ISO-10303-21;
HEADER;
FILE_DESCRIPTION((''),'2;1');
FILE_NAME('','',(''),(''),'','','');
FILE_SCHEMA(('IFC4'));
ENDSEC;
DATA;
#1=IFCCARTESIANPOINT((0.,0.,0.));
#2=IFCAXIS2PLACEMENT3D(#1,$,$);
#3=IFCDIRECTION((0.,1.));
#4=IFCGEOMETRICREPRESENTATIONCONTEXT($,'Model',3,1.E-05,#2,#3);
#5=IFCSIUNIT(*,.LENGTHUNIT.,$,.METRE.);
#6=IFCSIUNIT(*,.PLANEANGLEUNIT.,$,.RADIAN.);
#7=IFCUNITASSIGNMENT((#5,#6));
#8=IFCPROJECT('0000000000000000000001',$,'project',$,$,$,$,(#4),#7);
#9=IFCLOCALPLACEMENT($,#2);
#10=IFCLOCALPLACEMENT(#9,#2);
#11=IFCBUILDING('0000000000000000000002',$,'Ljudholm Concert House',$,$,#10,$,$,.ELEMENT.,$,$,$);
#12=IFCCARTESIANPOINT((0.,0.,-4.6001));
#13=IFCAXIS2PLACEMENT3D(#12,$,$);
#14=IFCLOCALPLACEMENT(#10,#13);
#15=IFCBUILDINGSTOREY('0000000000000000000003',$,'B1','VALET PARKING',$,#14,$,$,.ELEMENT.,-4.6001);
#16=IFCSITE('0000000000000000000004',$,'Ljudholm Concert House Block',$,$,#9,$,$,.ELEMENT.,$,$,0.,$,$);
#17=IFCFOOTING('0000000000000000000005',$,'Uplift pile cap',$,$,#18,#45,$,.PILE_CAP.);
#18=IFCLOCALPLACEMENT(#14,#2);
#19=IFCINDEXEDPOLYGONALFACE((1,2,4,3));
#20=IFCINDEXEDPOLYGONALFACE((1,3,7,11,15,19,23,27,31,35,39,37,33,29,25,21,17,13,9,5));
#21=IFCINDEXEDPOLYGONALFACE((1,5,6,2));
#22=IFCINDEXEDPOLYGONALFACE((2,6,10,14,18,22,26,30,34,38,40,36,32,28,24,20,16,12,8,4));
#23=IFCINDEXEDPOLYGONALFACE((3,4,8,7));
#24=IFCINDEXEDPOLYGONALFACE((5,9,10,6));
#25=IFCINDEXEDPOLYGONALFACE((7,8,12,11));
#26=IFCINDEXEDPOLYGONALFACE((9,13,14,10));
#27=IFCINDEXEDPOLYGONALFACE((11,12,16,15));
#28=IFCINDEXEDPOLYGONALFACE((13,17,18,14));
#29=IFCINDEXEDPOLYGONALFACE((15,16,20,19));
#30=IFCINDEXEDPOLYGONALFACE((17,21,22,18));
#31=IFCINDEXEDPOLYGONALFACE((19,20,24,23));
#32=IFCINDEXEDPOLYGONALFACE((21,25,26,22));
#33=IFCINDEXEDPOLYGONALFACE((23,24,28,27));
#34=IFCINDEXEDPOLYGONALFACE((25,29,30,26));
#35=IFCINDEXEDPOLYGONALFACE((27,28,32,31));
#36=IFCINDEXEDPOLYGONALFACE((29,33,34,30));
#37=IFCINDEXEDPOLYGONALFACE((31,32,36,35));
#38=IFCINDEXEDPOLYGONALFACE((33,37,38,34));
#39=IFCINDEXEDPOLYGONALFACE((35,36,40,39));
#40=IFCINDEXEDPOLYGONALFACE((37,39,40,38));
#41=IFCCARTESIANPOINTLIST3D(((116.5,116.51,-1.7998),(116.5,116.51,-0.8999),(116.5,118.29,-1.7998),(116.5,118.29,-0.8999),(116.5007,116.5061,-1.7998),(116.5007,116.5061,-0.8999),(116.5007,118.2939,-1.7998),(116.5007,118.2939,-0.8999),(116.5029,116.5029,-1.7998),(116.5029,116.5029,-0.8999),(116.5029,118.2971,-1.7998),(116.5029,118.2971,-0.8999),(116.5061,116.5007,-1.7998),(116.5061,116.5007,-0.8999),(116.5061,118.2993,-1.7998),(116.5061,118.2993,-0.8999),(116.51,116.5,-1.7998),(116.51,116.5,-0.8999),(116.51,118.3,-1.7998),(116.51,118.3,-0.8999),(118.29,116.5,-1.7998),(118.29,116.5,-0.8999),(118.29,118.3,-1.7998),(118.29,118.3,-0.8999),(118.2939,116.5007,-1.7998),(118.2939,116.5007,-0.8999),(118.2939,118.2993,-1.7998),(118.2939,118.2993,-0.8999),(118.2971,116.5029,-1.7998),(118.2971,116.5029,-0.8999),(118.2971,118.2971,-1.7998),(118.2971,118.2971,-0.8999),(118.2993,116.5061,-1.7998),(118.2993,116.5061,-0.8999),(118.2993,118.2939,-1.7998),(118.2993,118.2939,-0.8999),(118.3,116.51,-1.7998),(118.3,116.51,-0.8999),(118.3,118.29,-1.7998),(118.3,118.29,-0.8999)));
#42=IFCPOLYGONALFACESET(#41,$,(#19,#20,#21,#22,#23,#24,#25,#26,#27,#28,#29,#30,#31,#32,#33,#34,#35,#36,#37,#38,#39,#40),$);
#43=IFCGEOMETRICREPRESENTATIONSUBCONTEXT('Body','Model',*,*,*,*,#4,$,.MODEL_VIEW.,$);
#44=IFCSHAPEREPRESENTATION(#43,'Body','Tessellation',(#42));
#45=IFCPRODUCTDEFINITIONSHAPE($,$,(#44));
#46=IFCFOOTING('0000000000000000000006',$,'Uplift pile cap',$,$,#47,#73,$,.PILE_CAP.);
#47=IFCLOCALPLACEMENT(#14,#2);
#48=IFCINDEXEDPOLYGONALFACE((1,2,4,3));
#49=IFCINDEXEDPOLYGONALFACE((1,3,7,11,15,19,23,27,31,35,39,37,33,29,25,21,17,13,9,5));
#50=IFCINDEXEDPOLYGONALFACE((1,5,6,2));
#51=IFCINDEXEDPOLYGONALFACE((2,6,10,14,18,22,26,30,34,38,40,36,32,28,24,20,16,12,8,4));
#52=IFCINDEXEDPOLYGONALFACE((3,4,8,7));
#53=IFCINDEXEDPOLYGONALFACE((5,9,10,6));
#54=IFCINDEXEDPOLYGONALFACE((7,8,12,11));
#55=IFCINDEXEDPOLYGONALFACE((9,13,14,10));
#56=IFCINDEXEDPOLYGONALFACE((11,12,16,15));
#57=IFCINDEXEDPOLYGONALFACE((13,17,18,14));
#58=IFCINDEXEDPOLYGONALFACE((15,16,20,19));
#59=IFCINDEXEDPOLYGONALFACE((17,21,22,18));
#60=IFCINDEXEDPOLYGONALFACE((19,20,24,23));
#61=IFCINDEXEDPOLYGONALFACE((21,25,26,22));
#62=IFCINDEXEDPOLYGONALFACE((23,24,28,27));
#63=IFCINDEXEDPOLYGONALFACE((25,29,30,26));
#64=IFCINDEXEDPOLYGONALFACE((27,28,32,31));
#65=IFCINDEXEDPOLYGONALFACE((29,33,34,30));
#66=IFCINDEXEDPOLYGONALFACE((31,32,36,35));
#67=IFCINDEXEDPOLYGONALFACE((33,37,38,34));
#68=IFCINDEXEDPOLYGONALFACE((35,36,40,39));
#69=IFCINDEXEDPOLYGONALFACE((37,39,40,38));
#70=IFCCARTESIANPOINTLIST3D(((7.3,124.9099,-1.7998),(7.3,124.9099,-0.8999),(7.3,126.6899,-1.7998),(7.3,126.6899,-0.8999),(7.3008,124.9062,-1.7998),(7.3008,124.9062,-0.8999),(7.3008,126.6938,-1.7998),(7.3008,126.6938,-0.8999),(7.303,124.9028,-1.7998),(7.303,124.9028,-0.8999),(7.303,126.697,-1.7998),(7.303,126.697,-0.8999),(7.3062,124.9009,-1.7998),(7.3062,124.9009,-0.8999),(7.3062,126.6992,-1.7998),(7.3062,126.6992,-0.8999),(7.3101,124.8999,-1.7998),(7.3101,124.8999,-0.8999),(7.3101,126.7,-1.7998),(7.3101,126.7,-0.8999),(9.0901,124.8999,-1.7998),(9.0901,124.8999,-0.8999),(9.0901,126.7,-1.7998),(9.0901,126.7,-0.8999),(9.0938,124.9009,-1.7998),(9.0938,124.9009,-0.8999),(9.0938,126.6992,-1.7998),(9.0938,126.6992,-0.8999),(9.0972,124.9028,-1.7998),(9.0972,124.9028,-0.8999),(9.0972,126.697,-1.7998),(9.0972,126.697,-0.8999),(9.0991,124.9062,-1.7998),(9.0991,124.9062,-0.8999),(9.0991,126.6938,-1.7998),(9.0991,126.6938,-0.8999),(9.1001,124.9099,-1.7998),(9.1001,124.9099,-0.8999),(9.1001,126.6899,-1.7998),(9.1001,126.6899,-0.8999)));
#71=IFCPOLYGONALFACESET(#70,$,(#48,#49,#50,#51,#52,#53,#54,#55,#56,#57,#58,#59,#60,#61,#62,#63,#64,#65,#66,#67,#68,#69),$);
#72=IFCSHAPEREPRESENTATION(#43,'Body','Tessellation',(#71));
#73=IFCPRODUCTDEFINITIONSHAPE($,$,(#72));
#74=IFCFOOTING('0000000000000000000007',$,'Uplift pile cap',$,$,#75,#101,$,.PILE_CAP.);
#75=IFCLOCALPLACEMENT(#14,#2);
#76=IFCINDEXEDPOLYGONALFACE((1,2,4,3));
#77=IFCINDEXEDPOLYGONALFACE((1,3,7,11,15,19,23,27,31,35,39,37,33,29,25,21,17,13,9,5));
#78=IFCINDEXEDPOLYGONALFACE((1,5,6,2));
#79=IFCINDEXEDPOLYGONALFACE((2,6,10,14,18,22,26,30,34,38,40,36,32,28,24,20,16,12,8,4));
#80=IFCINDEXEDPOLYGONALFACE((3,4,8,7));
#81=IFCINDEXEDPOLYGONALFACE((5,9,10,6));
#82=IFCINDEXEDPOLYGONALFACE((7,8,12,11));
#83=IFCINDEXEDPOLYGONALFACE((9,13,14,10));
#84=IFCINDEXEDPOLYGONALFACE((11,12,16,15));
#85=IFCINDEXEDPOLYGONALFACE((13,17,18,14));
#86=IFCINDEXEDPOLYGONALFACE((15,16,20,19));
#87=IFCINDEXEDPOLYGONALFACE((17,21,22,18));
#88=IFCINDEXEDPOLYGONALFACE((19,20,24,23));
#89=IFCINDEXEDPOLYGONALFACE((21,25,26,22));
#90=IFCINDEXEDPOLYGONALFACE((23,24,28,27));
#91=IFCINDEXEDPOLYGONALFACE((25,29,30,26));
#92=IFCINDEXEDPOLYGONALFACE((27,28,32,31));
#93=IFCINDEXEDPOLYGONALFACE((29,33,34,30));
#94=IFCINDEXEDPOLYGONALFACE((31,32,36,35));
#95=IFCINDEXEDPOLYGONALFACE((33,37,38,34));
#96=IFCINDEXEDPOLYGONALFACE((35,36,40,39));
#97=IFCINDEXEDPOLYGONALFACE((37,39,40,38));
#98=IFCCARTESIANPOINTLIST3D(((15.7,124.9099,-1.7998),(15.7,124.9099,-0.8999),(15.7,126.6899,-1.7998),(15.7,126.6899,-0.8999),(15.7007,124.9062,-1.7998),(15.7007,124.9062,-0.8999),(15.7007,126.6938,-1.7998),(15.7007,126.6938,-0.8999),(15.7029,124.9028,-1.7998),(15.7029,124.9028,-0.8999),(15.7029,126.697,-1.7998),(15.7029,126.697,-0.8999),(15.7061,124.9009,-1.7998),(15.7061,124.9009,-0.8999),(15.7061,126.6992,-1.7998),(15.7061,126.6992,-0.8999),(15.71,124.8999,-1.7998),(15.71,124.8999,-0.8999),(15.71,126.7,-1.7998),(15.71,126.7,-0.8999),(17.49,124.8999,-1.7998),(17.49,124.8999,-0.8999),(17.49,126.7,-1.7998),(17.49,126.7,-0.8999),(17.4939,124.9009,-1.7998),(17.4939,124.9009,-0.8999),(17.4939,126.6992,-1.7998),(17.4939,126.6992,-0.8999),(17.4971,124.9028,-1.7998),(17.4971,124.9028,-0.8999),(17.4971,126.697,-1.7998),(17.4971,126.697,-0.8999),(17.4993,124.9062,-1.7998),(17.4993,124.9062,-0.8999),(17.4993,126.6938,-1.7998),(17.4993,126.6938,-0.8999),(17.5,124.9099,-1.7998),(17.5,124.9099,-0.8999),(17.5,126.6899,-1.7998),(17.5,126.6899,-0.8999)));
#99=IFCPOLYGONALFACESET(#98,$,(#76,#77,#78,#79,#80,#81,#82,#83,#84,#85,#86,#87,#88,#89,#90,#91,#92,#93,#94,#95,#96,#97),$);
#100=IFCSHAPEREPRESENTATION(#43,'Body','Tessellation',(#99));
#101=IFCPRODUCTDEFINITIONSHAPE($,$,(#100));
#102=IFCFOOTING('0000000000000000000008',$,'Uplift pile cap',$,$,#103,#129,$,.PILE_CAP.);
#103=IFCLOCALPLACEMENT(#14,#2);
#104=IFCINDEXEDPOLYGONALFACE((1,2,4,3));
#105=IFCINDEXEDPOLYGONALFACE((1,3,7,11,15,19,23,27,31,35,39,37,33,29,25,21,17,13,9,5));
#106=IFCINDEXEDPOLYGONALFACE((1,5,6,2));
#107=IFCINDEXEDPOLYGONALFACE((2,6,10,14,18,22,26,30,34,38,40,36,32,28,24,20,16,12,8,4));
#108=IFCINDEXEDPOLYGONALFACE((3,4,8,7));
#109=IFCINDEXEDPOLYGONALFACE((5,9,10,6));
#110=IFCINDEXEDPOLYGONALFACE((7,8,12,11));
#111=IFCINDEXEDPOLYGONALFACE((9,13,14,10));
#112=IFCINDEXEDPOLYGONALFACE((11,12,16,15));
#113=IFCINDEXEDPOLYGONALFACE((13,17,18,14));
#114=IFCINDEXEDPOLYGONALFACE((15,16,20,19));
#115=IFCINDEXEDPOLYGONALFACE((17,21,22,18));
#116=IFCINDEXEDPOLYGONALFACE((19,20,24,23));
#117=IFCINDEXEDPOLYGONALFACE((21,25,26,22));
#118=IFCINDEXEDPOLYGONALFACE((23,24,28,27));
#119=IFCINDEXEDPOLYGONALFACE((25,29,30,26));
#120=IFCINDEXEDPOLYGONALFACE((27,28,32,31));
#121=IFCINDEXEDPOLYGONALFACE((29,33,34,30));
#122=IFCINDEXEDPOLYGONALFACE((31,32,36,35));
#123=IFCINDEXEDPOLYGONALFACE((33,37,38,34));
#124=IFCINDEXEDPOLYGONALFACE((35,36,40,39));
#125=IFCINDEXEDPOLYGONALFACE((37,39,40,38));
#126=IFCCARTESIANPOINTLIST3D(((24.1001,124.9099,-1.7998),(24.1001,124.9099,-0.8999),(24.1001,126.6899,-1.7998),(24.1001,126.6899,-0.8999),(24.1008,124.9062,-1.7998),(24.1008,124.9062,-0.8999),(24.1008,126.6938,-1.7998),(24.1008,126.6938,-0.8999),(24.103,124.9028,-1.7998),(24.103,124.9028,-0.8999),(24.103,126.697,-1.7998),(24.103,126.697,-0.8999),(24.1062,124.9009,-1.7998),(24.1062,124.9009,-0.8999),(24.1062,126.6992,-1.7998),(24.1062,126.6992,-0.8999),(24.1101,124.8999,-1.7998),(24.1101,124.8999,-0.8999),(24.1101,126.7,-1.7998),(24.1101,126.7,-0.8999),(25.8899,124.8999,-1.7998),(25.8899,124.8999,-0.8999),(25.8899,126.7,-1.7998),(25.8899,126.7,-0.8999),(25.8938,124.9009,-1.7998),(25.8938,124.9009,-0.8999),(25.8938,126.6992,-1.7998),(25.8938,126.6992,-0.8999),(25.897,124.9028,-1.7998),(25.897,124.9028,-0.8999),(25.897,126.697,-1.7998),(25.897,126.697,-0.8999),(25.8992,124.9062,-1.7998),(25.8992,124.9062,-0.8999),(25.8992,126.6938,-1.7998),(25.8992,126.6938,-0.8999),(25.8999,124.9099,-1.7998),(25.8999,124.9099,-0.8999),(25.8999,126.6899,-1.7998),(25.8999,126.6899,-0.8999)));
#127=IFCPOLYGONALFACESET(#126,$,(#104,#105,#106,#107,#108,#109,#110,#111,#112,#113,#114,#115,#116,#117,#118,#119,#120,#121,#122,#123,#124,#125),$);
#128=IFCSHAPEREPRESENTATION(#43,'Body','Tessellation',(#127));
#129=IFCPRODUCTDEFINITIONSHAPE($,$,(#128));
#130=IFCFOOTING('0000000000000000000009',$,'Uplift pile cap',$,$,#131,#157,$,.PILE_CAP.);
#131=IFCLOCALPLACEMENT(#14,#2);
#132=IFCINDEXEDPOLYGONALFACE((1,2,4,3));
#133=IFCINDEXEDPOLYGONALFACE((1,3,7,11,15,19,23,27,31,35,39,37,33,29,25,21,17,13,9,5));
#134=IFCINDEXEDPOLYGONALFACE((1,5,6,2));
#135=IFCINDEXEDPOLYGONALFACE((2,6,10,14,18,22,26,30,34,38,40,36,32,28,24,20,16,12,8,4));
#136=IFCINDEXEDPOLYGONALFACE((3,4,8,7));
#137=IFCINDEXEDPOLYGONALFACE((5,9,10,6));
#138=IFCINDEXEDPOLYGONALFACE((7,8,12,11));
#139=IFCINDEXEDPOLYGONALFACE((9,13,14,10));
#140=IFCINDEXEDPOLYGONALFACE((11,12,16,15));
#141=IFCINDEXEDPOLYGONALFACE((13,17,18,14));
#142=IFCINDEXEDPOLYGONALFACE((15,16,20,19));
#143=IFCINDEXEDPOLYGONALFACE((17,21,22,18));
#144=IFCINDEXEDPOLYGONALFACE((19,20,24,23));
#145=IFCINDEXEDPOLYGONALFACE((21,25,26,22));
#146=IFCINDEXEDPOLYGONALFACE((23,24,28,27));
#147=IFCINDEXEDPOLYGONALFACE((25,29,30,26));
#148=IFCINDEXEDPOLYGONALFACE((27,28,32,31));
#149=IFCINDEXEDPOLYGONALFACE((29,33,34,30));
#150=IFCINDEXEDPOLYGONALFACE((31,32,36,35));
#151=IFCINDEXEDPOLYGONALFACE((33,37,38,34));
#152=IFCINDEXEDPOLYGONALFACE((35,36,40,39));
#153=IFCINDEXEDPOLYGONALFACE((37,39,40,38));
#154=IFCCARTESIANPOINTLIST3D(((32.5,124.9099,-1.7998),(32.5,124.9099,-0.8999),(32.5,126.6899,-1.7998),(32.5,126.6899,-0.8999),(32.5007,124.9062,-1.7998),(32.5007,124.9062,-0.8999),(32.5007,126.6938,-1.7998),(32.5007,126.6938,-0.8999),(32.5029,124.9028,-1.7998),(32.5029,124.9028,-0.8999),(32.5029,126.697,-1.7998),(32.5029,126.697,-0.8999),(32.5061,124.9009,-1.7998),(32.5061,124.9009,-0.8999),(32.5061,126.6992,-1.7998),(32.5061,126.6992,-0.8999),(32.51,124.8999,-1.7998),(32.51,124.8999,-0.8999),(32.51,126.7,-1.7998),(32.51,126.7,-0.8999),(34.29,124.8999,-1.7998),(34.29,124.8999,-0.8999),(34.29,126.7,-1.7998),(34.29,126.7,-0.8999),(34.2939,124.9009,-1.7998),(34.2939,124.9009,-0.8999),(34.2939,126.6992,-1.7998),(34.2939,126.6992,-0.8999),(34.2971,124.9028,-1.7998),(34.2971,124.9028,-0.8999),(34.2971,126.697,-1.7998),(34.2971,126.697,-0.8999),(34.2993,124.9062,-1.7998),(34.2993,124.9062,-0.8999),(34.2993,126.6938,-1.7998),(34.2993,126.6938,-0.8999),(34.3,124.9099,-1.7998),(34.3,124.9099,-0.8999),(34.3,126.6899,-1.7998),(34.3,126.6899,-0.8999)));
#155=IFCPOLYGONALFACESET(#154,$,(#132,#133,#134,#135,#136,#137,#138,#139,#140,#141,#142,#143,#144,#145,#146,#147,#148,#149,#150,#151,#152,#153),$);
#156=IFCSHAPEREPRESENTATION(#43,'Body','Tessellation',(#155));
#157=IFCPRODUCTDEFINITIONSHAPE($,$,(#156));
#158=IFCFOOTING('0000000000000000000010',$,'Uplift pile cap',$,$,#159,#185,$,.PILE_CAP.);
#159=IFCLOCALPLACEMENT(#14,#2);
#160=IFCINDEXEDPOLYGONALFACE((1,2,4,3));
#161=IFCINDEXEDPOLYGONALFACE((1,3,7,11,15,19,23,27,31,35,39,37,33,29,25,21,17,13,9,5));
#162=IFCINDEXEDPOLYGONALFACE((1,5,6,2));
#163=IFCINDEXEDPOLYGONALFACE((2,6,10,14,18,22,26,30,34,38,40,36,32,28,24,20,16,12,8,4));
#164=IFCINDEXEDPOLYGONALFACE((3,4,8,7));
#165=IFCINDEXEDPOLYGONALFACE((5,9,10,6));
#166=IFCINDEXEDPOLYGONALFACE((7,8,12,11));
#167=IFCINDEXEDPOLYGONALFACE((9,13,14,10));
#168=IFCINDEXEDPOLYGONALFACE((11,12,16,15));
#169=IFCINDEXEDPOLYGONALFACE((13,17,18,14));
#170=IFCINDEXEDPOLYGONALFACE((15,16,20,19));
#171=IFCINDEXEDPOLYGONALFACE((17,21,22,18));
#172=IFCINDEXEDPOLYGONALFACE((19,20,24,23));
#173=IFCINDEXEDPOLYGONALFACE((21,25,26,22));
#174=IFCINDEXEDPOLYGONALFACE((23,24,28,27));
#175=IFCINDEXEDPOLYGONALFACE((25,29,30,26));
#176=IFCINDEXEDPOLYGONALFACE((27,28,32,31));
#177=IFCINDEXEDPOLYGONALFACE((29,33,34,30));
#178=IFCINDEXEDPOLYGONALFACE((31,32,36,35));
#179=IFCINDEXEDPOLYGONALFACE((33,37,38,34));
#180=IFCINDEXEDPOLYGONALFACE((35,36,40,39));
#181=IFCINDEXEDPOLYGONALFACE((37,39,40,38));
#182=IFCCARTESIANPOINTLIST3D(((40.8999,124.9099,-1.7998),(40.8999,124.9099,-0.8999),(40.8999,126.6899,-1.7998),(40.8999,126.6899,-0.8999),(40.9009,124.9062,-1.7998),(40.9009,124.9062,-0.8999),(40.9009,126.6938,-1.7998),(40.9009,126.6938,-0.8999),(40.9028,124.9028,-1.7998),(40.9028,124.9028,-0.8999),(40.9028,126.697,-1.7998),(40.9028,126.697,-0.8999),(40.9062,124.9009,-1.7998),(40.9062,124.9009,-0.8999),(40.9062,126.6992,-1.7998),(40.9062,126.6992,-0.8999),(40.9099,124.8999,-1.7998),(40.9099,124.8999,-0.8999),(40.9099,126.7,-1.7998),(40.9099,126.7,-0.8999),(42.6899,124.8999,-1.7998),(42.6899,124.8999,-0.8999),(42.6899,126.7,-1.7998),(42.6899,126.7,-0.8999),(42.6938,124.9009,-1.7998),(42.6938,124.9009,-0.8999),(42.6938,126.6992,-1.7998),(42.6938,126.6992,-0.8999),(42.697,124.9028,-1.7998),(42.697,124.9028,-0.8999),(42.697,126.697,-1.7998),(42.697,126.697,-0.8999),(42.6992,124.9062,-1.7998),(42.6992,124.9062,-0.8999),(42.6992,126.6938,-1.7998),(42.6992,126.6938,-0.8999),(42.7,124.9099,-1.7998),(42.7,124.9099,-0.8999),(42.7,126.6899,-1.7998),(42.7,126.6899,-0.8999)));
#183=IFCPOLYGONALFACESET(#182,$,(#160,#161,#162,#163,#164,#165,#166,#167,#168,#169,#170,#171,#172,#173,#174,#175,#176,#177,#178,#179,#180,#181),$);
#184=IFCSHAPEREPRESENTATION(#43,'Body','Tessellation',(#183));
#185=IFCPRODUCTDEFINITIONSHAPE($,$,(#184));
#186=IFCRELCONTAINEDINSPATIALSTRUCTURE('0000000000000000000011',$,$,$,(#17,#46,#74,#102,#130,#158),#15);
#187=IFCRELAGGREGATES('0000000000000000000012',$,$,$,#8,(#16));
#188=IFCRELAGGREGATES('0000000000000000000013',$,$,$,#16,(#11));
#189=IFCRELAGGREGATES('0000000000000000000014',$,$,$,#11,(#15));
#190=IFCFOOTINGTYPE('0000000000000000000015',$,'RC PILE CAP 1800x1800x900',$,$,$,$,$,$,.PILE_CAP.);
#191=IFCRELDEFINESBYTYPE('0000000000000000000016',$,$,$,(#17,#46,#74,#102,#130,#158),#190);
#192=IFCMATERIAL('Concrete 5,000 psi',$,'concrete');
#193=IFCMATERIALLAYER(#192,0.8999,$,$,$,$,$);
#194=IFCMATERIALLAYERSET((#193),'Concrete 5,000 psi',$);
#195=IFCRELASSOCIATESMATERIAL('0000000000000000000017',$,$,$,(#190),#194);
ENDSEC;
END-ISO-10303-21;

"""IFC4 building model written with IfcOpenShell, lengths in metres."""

from ifc_helpers import new_model, si_unit, direction, frame, origin, place, context, subcontext, project, spatial, polyline, outline, extrude, material, layer, layer_set, type_object, element, save


model = new_model("IFC4")

# Units and contexts
model_context = context("Model", 3, precision=1e-05, world=origin(), true_north=direction((0.0, 1.0)))
body_context = subcontext(model_context, "Body", "Model", "MODEL_VIEW")
ifc_project = project(units=[si_unit("LENGTHUNIT", "METRE"), si_unit("PLANEANGLEUNIT", "RADIAN")], contexts=[model_context])

# Site, building, storey
site_placement = place(None, origin())
site = spatial("IfcSite", under=ifc_project, at=site_placement, Name="Ljudholm Concert House Block", CompositionType="ELEMENT", RefElevation=0.0)
building_placement = place(site_placement, origin())
building = spatial("IfcBuilding", under=site, at=building_placement, Name="Ljudholm Concert House", CompositionType="ELEMENT")
storey_placement = place(building_placement, frame((0.0, 0.0, -4.6001)))
storey = spatial("IfcBuildingStorey", under=building, at=storey_placement, Name="B1", Description="VALET PARKING", CompositionType="ELEMENT", Elevation=-4.6001)

# Footings
ifc_material = material(Name="Concrete 5,000 psi", Category="concrete")
ifc_layer = layer(ifc_material, 0.8999)
ifc_layer_set = layer_set([ifc_layer], Name="Concrete 5,000 psi")
footing_type = type_object("IfcFootingType", Name="RC PILE CAP 1800x1800x900", PredefinedType="PILE_CAP", material=ifc_layer_set)
footing_1_placement = place(storey_placement, frame((0.0, 0.0, -1.7998)))
element("IfcFooting", 1, at=footing_1_placement, inside=storey, type_object=footing_type, Name="Uplift pile cap", PredefinedType="PILE_CAP", context=body_context, shape_type="SweptSolid", body=[
    extrude(outline(polyline([(116.51, 116.5), (118.29, 116.5), (118.2939, 116.5007), (118.2971, 116.5029), (118.2993, 116.5061), (118.3, 116.51), (118.3, 118.29), (118.2993, 118.2939), (118.2971, 118.2971), (118.2939, 118.2993), (118.29, 118.3), (116.51, 118.3), (116.5061, 118.2993), (116.5029, 118.2971), (116.5007, 118.2939), (116.5, 118.29), (116.5, 116.51), (116.5007, 116.5061), (116.5029, 116.5029), (116.5061, 116.5007), (116.51, 116.5)])), origin(), (0.0, 0.0, 1.0), 0.8999),
])
footing_2_placement = place(storey_placement, frame((0.0, 0.0, -1.7998)))
element("IfcFooting", 2, at=footing_2_placement, inside=storey, type_object=footing_type, Name="Uplift pile cap", PredefinedType="PILE_CAP", context=body_context, shape_type="SweptSolid", body=[
    extrude(outline(polyline([(7.3, 126.6899), (7.3, 124.9099), (7.3008, 124.9062), (7.303, 124.9028), (7.3062, 124.9009), (7.3101, 124.8999), (9.0901, 124.8999), (9.0938, 124.9009), (9.0972, 124.9028), (9.0991, 124.9062), (9.1001, 124.9099), (9.1001, 126.6899), (9.0991, 126.6938), (9.0972, 126.697), (9.0938, 126.6992), (9.0901, 126.7), (7.3101, 126.7), (7.3062, 126.6992), (7.303, 126.697), (7.3008, 126.6938), (7.3, 126.6899)])), origin(), (0.0, 0.0, 1.0), 0.8999),
])
footing_3_placement = place(storey_placement, frame((0.0, 0.0, -1.7998)))
element("IfcFooting", 3, at=footing_3_placement, inside=storey, type_object=footing_type, Name="Uplift pile cap", PredefinedType="PILE_CAP", context=body_context, shape_type="SweptSolid", body=[
    extrude(outline(polyline([(15.7, 126.6899), (15.7, 124.9099), (15.7007, 124.9062), (15.7029, 124.9028), (15.7061, 124.9009), (15.71, 124.8999), (17.49, 124.8999), (17.4939, 124.9009), (17.4971, 124.9028), (17.4993, 124.9062), (17.5, 124.9099), (17.5, 126.6899), (17.4993, 126.6938), (17.4971, 126.697), (17.4939, 126.6992), (17.49, 126.7), (15.71, 126.7), (15.7061, 126.6992), (15.7029, 126.697), (15.7007, 126.6938), (15.7, 126.6899)])), origin(), (0.0, 0.0, 1.0), 0.8999),
])
footing_4_placement = place(storey_placement, frame((0.0, 0.0, -1.7998)))
element("IfcFooting", 4, at=footing_4_placement, inside=storey, type_object=footing_type, Name="Uplift pile cap", PredefinedType="PILE_CAP", context=body_context, shape_type="SweptSolid", body=[
    extrude(outline(polyline([(24.1001, 126.6899), (24.1001, 124.9099), (24.1008, 124.9062), (24.103, 124.9028), (24.1062, 124.9009), (24.1101, 124.8999), (25.8899, 124.8999), (25.8938, 124.9009), (25.897, 124.9028), (25.8992, 124.9062), (25.8999, 124.9099), (25.8999, 126.6899), (25.8992, 126.6938), (25.897, 126.697), (25.8938, 126.6992), (25.8899, 126.7), (24.1101, 126.7), (24.1062, 126.6992), (24.103, 126.697), (24.1008, 126.6938), (24.1001, 126.6899)])), origin(), (0.0, 0.0, 1.0), 0.8999),
])
footing_5_placement = place(storey_placement, frame((0.0, 0.0, -1.7998)))
element("IfcFooting", 5, at=footing_5_placement, inside=storey, type_object=footing_type, Name="Uplift pile cap", PredefinedType="PILE_CAP", context=body_context, shape_type="SweptSolid", body=[
    extrude(outline(polyline([(32.5, 126.6899), (32.5, 124.9099), (32.5007, 124.9062), (32.5029, 124.9028), (32.5061, 124.9009), (32.51, 124.8999), (34.29, 124.8999), (34.2939, 124.9009), (34.2971, 124.9028), (34.2993, 124.9062), (34.3, 124.9099), (34.3, 126.6899), (34.2993, 126.6938), (34.2971, 126.697), (34.2939, 126.6992), (34.29, 126.7), (32.51, 126.7), (32.5061, 126.6992), (32.5029, 126.697), (32.5007, 126.6938), (32.5, 126.6899)])), origin(), (0.0, 0.0, 1.0), 0.8999),
])
footing_6_placement = place(storey_placement, frame((0.0, 0.0, -1.7998)))
element("IfcFooting", 6, at=footing_6_placement, inside=storey, type_object=footing_type, Name="Uplift pile cap", PredefinedType="PILE_CAP", context=body_context, shape_type="SweptSolid", body=[
    extrude(outline(polyline([(40.8999, 126.6899), (40.8999, 124.9099), (40.9009, 124.9062), (40.9028, 124.9028), (40.9062, 124.9009), (40.9099, 124.8999), (42.6899, 124.8999), (42.6938, 124.9009), (42.697, 124.9028), (42.6992, 124.9062), (42.7, 124.9099), (42.7, 126.6899), (42.6992, 126.6938), (42.697, 126.697), (42.6938, 126.6992), (42.6899, 126.7), (40.9099, 126.7), (40.9062, 126.6992), (40.9028, 126.697), (40.9009, 126.6938), (40.8999, 126.6899)])), origin(), (0.0, 0.0, 1.0), 0.8999),
])

save(model, "model.ifc")
